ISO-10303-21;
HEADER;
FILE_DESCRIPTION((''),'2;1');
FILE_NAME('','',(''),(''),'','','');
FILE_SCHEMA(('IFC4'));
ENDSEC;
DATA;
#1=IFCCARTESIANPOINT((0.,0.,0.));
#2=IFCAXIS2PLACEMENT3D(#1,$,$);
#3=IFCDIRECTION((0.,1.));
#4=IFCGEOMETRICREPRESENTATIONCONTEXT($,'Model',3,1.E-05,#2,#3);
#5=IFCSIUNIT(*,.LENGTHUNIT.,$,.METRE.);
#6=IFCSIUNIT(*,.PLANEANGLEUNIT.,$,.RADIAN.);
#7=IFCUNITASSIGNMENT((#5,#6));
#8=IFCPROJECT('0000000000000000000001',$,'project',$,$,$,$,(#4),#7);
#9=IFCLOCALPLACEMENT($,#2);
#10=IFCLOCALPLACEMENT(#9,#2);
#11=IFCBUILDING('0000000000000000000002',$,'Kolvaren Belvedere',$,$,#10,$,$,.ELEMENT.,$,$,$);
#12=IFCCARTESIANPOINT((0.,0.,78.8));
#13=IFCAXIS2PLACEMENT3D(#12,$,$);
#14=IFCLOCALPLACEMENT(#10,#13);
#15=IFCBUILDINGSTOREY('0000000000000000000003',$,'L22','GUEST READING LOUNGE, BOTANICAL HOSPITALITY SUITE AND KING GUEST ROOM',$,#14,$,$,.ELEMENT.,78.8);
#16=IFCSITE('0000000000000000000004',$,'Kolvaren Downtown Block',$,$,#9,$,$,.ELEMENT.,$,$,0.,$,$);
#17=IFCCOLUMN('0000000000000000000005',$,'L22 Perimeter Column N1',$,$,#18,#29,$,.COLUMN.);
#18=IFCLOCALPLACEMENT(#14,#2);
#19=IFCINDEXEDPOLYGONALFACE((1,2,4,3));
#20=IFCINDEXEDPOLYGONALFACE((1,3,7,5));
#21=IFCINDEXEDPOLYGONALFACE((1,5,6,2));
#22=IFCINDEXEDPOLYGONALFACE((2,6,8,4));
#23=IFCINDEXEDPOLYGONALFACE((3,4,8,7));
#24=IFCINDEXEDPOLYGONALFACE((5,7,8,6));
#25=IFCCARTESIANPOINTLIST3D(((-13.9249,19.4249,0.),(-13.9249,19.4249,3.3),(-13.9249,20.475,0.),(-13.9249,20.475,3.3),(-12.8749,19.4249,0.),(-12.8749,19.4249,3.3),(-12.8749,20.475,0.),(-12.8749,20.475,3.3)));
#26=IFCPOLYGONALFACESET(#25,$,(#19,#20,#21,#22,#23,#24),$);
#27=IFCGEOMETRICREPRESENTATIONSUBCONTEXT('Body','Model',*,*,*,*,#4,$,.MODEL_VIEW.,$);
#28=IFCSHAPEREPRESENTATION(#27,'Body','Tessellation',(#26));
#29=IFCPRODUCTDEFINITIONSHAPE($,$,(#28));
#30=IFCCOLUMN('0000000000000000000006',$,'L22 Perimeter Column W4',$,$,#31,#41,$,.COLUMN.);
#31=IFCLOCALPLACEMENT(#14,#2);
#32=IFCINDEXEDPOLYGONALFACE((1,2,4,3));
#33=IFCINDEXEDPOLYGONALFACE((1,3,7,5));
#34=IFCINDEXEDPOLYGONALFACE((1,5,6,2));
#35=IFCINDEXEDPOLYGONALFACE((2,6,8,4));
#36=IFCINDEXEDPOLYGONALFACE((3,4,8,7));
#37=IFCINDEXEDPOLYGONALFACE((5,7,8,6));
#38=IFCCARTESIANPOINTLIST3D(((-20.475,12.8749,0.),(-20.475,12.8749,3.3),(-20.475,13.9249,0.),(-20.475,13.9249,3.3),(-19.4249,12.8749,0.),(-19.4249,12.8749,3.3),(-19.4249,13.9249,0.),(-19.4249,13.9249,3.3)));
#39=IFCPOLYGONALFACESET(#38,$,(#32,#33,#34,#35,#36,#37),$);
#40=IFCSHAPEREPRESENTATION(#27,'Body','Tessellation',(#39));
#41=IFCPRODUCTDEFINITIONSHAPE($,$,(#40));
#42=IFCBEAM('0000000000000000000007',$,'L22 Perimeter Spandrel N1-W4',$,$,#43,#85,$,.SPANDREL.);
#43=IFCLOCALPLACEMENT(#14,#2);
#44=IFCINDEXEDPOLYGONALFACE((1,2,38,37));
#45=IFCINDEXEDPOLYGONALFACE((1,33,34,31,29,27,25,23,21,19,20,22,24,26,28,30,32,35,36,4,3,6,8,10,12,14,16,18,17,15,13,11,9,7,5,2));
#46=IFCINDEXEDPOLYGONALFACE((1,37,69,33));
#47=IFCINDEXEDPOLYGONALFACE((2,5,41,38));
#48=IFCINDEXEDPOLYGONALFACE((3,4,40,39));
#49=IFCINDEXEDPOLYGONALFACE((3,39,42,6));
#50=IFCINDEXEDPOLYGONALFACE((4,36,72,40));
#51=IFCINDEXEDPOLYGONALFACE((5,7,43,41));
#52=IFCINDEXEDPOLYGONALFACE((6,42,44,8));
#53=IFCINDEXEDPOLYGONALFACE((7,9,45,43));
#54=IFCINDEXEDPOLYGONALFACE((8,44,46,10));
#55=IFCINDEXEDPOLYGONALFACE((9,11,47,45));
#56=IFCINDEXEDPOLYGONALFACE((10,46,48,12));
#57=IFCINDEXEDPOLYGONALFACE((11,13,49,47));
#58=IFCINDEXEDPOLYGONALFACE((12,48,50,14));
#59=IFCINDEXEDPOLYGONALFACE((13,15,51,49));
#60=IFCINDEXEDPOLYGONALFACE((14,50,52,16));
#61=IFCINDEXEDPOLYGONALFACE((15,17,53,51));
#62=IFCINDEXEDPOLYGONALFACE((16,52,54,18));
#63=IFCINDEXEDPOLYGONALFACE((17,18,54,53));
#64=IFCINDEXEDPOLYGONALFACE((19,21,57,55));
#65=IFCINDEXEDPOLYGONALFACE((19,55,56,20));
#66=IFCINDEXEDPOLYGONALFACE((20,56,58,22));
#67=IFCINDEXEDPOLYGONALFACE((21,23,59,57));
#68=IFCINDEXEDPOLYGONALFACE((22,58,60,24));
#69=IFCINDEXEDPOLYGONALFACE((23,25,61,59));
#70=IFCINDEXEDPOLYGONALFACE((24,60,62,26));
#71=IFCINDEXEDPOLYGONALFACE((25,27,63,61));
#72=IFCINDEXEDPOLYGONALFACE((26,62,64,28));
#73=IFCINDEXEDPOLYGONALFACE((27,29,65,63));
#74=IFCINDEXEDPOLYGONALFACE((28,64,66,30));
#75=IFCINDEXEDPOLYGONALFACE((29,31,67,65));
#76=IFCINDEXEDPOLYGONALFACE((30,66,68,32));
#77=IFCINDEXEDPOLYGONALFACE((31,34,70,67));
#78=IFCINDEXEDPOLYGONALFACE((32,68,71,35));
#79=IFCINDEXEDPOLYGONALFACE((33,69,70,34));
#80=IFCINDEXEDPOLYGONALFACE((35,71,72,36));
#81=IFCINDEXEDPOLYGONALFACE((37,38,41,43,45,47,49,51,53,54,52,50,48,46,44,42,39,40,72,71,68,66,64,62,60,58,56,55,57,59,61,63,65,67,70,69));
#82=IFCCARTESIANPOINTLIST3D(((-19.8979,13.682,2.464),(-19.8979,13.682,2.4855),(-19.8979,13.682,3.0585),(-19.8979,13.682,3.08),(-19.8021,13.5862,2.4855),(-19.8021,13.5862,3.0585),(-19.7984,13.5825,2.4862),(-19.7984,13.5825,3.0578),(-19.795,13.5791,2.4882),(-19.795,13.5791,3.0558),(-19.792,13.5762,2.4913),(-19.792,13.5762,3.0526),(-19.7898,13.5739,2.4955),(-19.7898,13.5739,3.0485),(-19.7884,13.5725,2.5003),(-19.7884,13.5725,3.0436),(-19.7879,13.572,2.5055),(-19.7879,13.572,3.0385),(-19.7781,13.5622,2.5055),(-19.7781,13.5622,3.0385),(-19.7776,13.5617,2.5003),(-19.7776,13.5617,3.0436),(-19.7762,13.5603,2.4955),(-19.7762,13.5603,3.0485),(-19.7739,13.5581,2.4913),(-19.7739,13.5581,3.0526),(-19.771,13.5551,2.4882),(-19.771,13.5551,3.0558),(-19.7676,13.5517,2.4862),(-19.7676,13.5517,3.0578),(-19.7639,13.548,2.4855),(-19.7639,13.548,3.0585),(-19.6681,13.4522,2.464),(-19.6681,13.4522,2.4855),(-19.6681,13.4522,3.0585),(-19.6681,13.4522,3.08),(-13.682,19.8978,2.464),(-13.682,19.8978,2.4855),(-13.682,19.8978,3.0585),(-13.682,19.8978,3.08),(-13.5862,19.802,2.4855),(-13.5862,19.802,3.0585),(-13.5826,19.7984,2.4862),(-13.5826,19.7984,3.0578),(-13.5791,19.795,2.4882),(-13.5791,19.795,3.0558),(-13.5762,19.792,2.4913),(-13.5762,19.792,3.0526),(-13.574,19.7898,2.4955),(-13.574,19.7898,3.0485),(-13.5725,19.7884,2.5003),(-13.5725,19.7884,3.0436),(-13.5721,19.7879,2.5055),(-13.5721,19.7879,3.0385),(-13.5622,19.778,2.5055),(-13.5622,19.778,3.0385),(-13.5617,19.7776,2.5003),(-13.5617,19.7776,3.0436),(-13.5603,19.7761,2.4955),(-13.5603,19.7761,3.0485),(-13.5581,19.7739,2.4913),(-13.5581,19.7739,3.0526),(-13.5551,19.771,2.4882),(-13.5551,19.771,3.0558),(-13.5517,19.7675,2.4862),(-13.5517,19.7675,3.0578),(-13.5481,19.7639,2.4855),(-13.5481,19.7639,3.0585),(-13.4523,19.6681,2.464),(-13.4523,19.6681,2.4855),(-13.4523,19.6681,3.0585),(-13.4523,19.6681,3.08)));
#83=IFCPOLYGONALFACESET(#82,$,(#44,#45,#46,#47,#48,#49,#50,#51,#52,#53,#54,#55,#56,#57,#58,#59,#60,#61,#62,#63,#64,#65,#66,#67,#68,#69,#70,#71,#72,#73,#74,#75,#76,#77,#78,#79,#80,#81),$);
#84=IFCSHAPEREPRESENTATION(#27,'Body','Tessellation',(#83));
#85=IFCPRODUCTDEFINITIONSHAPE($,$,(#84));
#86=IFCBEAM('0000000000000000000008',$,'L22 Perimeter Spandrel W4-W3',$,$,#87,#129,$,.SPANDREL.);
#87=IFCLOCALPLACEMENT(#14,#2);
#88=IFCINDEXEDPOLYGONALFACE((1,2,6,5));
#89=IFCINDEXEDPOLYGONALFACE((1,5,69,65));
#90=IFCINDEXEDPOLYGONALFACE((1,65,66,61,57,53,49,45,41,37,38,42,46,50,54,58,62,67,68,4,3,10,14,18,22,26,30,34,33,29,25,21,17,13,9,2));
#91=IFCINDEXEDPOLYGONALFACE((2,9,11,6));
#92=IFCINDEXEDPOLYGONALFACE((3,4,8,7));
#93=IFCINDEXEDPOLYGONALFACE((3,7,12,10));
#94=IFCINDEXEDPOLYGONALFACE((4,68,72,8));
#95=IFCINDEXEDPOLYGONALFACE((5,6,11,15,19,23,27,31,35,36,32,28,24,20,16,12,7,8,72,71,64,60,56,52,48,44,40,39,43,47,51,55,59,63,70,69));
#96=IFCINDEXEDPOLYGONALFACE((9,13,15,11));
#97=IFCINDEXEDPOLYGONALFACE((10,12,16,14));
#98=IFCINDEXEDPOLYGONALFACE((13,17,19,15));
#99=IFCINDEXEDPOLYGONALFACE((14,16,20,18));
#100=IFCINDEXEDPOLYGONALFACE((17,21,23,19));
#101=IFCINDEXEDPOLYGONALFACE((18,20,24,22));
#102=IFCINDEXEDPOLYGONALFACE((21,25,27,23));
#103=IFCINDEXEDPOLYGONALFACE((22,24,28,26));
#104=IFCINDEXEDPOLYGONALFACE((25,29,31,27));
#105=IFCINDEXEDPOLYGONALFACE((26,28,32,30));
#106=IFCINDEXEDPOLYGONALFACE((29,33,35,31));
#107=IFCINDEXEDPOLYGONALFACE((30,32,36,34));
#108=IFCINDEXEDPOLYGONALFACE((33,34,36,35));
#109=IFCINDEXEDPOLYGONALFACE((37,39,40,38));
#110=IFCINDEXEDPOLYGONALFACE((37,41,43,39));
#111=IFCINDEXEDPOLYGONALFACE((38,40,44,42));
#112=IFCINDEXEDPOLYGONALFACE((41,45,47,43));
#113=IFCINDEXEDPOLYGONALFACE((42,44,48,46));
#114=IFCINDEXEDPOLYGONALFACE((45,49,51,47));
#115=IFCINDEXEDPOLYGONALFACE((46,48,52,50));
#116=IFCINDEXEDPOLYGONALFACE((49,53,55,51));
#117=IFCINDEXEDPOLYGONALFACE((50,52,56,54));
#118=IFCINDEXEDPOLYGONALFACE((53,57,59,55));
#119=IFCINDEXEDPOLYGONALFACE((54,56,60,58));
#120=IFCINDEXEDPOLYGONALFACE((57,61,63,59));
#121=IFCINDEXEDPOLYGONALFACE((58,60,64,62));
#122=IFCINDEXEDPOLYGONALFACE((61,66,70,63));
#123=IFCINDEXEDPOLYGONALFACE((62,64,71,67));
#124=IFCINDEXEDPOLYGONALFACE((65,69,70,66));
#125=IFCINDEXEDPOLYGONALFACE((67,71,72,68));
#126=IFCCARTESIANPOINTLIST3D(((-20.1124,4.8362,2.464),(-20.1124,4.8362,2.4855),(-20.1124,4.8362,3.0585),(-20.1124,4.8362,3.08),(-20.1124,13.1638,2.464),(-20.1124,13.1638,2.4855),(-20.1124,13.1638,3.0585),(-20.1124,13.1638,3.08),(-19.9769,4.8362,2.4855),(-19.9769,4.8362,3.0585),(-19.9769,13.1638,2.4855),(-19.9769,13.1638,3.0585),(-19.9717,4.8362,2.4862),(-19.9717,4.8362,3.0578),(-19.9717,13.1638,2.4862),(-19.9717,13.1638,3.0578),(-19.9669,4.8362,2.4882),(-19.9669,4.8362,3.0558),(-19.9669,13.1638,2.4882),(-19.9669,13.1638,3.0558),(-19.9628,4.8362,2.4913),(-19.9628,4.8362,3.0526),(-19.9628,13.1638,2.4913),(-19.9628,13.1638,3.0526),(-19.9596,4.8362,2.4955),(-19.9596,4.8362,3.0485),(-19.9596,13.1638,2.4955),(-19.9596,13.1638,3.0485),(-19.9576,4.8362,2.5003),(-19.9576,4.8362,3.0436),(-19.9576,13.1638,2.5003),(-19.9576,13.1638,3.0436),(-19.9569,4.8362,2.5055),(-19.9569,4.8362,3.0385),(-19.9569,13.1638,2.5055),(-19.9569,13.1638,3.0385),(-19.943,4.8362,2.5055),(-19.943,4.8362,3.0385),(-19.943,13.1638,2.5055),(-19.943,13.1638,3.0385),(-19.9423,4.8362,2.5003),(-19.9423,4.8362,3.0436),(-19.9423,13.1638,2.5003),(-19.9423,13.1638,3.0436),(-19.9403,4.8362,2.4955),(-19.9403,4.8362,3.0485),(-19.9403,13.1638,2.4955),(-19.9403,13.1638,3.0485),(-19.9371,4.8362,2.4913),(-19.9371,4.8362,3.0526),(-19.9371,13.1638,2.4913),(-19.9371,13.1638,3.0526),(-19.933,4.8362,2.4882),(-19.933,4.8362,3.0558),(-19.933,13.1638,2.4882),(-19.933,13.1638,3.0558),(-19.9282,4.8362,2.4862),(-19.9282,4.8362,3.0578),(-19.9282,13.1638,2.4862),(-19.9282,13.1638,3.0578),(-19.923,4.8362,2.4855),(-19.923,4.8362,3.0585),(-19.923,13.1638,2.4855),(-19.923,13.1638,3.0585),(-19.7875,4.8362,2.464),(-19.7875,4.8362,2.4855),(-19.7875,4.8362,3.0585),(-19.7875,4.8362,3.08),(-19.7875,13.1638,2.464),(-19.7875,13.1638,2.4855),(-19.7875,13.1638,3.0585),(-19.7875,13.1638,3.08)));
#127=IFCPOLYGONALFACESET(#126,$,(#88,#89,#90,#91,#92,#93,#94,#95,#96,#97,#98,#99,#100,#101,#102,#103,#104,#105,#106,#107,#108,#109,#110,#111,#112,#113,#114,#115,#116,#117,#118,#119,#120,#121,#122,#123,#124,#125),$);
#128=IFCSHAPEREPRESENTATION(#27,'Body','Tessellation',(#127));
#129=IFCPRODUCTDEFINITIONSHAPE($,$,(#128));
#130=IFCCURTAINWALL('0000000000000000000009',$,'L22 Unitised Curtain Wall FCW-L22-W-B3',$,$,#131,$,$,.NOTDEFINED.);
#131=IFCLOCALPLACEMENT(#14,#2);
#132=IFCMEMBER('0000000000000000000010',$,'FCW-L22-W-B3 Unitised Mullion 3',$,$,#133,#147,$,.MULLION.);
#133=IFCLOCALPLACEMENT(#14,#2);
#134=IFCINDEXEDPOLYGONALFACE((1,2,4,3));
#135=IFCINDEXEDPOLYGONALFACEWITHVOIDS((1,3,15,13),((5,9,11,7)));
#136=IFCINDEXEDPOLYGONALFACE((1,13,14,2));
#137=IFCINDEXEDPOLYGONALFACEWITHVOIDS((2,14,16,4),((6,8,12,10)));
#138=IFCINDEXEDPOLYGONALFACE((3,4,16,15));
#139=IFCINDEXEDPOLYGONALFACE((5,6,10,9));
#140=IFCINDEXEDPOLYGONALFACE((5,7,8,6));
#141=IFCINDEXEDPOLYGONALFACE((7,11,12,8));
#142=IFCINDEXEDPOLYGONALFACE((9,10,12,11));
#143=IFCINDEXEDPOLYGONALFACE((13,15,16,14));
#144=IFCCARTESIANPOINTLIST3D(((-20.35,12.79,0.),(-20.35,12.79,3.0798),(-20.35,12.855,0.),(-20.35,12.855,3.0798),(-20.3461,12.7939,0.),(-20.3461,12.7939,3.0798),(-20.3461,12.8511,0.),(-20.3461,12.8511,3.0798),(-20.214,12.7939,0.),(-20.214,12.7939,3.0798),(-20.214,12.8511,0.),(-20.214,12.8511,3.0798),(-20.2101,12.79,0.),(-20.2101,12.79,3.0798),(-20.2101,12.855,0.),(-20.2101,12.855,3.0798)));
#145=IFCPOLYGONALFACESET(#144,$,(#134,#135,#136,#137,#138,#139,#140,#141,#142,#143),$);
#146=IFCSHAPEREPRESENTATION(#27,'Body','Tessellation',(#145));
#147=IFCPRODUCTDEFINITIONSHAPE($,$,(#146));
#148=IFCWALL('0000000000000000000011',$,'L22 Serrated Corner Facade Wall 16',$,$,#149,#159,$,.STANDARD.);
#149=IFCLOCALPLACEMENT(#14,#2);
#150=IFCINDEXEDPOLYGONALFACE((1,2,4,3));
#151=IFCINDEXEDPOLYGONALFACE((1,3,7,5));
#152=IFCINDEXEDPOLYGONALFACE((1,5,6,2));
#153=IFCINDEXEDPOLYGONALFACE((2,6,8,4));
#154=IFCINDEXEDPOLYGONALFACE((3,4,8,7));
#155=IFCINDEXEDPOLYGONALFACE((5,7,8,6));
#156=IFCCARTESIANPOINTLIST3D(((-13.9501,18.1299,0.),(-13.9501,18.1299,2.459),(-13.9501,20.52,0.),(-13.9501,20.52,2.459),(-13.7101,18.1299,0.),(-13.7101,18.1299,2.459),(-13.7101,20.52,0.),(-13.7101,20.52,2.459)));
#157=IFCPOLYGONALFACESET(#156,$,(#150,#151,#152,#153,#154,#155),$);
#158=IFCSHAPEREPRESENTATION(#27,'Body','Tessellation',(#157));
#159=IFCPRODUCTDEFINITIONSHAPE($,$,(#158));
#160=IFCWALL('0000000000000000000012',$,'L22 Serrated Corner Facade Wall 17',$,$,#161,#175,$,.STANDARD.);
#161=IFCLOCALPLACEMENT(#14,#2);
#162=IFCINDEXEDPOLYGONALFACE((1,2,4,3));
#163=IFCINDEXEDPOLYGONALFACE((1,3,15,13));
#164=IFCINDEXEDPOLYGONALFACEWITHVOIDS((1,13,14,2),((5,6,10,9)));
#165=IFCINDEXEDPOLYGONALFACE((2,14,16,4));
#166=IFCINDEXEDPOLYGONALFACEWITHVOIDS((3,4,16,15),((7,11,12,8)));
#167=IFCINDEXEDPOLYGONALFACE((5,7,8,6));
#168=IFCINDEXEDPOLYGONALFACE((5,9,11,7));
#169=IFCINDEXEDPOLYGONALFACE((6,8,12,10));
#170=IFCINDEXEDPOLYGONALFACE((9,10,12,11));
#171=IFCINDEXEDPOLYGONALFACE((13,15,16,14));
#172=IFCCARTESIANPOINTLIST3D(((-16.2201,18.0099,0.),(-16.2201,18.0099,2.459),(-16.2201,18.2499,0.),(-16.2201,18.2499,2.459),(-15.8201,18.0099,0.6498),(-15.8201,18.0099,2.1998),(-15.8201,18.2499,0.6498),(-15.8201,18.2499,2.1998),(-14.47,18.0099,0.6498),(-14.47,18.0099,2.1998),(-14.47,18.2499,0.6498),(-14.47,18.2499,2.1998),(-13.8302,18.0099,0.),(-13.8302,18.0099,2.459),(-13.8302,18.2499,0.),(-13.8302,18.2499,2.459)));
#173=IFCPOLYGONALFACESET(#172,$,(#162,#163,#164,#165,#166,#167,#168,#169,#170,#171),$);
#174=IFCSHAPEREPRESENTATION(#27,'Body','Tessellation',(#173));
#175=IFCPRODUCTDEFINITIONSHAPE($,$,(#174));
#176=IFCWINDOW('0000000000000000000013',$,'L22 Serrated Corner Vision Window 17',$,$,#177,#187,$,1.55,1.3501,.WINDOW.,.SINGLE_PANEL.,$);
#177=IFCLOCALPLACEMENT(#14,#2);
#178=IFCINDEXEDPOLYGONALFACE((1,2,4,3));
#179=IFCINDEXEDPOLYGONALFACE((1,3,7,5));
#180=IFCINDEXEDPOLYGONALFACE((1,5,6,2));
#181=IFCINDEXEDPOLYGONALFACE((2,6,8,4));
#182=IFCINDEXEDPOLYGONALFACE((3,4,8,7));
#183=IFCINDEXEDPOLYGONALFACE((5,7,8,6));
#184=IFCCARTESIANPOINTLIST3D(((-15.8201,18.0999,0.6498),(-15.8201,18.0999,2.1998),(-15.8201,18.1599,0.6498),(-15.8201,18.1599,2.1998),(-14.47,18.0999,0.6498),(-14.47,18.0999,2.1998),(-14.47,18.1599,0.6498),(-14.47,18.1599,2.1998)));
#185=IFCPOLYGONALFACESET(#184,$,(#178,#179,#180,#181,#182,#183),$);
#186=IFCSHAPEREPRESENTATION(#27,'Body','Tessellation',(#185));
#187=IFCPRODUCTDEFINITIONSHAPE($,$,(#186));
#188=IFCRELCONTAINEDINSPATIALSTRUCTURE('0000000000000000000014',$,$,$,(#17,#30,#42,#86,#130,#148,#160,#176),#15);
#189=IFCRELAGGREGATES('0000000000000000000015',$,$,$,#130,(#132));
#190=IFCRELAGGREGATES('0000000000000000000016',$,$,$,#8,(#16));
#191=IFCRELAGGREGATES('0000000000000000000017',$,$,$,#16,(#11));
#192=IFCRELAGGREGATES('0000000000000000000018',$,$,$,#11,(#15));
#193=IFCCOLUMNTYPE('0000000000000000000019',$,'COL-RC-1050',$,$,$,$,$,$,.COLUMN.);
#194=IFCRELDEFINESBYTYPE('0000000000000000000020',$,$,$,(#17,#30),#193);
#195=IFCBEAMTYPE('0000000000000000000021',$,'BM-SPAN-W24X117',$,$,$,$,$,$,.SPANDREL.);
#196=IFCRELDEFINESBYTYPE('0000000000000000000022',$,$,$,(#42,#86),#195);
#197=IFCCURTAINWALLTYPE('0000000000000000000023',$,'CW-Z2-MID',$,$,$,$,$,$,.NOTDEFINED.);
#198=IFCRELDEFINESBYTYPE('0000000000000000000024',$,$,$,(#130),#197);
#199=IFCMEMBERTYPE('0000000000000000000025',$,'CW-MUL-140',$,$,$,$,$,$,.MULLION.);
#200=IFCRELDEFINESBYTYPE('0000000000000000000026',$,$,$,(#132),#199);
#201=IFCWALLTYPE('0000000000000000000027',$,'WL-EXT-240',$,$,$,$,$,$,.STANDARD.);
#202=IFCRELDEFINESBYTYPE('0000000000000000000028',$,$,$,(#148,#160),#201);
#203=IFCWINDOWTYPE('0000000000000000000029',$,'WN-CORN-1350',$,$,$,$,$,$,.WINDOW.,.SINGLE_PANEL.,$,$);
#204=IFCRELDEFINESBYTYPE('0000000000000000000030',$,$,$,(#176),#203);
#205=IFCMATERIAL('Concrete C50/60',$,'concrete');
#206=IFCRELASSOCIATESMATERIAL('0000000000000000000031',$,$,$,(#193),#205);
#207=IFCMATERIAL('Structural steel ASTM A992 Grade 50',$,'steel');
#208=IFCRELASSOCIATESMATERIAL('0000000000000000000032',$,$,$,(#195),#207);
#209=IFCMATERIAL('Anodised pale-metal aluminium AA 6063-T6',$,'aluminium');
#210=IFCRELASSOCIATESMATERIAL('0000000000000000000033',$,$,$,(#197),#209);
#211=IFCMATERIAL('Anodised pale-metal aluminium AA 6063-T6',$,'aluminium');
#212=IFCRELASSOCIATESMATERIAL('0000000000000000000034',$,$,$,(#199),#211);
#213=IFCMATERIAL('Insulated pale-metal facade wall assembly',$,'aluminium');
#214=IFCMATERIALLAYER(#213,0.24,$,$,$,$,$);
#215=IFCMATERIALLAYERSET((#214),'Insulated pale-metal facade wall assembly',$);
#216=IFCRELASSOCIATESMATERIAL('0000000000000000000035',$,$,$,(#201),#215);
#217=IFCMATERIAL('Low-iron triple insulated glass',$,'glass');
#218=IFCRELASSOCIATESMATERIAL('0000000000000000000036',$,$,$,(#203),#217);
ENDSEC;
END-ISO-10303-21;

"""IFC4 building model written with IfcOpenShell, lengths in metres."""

from ifc_helpers import new_model, si_unit, direction, frame, frame_2d, origin, origin_2d, place, context, subcontext, project, spatial, rectangle, hollow_rectangle, i_section, extrude, material, layer, layer_set, material_profile, profile_set, type_object, element, fill, aggregate, save


model = new_model("IFC4")

# Units and contexts
model_context = context("Model", 3, precision=1e-05, world=origin(), true_north=direction((0.0, 1.0)))
body_context = subcontext(model_context, "Body", "Model", "MODEL_VIEW")
ifc_project = project(units=[si_unit("LENGTHUNIT", "METRE"), si_unit("PLANEANGLEUNIT", "RADIAN")], contexts=[model_context])

# Site, building, storey
site_placement = place(None, origin())
site = spatial("IfcSite", under=ifc_project, at=site_placement, Name="Kolvaren Downtown Block", CompositionType="ELEMENT", RefElevation=0.0)
building_placement = place(site_placement, origin())
building = spatial("IfcBuilding", under=site, at=building_placement, Name="Kolvaren Belvedere", CompositionType="ELEMENT")
storey_placement = place(building_placement, frame((0.0, 0.0, 78.8)))
storey = spatial("IfcBuildingStorey", under=building, at=storey_placement, Name="L22", Description="GUEST READING LOUNGE, BOTANICAL HOSPITALITY SUITE AND KING GUEST ROOM", CompositionType="ELEMENT", Elevation=78.8)

# Columns
ifc_material_1 = material(Name="Concrete C50/60", Category="concrete")
ifc_material_profile_1 = material_profile(ifc_material_1, rectangle(XDim=1.05, YDim=1.05, at=origin_2d()), Name="RC 1050X1050")
ifc_profile_set_1 = profile_set([ifc_material_profile_1], Name="Concrete C50/60")
column_type = type_object("IfcColumnType", Name="COL-RC-1050", PredefinedType="COLUMN", material=ifc_profile_set_1)
for number, where, z_axis, x_axis, name in (
    (1, (-13.3999, 19.95, 0.0), (0.0, 0.0, 1.0), (1.0, 0.0, 0.0), "L22 Perimeter Column N1"),
    (2, (-19.95, 13.3999, 0.0), (0.0, 0.0, 1.0), (1.0, 0.0, 0.0), "L22 Perimeter Column W4"),
):
    element("IfcColumn", number, at=place(storey_placement, frame(where, z_axis=z_axis, x_axis=x_axis)), inside=storey, type_object=column_type, Name=name, PredefinedType="COLUMN", context=body_context, shape_type="SweptSolid", body=[
        extrude(rectangle(XDim=1.05, YDim=1.05, at=origin_2d()), origin(), (0.0, 0.0, 1.0), 3.3),
    ])

# Beams
ifc_material_2 = material(Name="Structural steel ASTM A992 Grade 50", Category="steel")
ifc_material_profile_2 = material_profile(ifc_material_2, i_section(OverallWidth=0.325, OverallDepth=0.616, WebThickness=0.0139, FlangeThickness=0.0215, FilletRadius=0.02, at=origin_2d()), Name="W24X117")
ifc_profile_set_2 = profile_set([ifc_material_profile_2], Name="Structural steel ASTM A992 Grade 50")
beam_type = type_object("IfcBeamType", Name="BM-SPAN-W24X117", PredefinedType="SPANDREL", material=ifc_profile_set_2)
beam_1_placement = place(storey_placement, frame((-13.5671, 19.783, 2.772), z_axis=(-0.707107, -0.707107, 0.0), x_axis=(0.707107, -0.707107, 0.0)))
element("IfcBeam", 3, at=beam_1_placement, inside=storey, type_object=beam_type, Name="L22 Perimeter Spandrel N1-W4", PredefinedType="SPANDREL", context=body_context, shape_type="SweptSolid", body=[
    extrude(i_section(OverallWidth=0.325, OverallDepth=0.616, WebThickness=0.0139, FlangeThickness=0.0215, FilletRadius=0.02, at=origin_2d()), origin(), (0.0, 0.0, 1.0), 8.7905),
])
beam_2_placement = place(storey_placement, frame((-19.95, 13.1638, 2.772), z_axis=(0.0, -1.0, 0.0), x_axis=(1.0, 0.0, 0.0)))
element("IfcBeam", 4, at=beam_2_placement, inside=storey, type_object=beam_type, Name="L22 Perimeter Spandrel W4-W3", PredefinedType="SPANDREL", context=body_context, shape_type="SweptSolid", body=[
    extrude(i_section(OverallWidth=0.325, OverallDepth=0.616, WebThickness=0.0139, FlangeThickness=0.0215, FilletRadius=0.02, at=origin_2d()), origin(), (0.0, 0.0, 1.0), 8.3276),
])

# Curtain wall, member
ifc_material_3 = material(Name="Anodised pale-metal aluminium AA 6063-T6", Category="aluminium")
curtain_wall_type = type_object("IfcCurtainWallType", Name="CW-Z2-MID", PredefinedType="NOTDEFINED", material=ifc_material_3)
curtain_wall_placement = place(storey_placement, origin())
curtain_wall = element("IfcCurtainWall", 5, at=curtain_wall_placement, inside=storey, type_object=curtain_wall_type, Name="L22 Unitised Curtain Wall FCW-L22-W-B3", PredefinedType="NOTDEFINED")
ifc_material_4 = material(Name="Anodised pale-metal aluminium AA 6063-T6", Category="aluminium")
ifc_material_profile_3 = material_profile(ifc_material_4, hollow_rectangle(XDim=0.0649, YDim=0.1399, WallThickness=0.0039, at=origin_2d()), Name="ALU-MUL-140X65")
ifc_profile_set_3 = profile_set([ifc_material_profile_3], Name="Anodised pale-metal aluminium AA 6063-T6")
member_type = type_object("IfcMemberType", Name="CW-MUL-140", PredefinedType="MULLION", material=ifc_profile_set_3)
member_placement = place(storey_placement, frame((-20.28, 12.8225, 0.0), z_axis=(0.0, 0.0, 1.0), x_axis=(0.0, 1.0, 0.0)))
member = element("IfcMember", 6, at=member_placement, type_object=member_type, Name="FCW-L22-W-B3 Unitised Mullion 3", PredefinedType="MULLION", context=body_context, shape_type="SweptSolid", body=[
    extrude(hollow_rectangle(XDim=0.0649, YDim=0.1399, WallThickness=0.0039, at=origin_2d()), origin(), (0.0, 0.0, 1.0), 3.0798),
])
aggregate(curtain_wall, [member])

# Wall
ifc_material_5 = material(Name="Insulated pale-metal facade wall assembly", Category="aluminium")
ifc_layer_1 = layer(ifc_material_5, 0.24)
ifc_layer_set_1 = layer_set([ifc_layer_1], Name="Insulated pale-metal facade wall assembly")
wall_type_1 = type_object("IfcWallType", Name="WL-EXT-240", PredefinedType="STANDARD", material=ifc_layer_set_1)
wall_1_placement = place(storey_placement, frame((-13.8301, 18.1299, 0.0), z_axis=(0.0, 0.0, 1.0), x_axis=(0.0, 1.0, 0.0)))
element("IfcWall", 7, at=wall_1_placement, inside=storey, type_object=wall_type_1, Name="L22 Serrated Corner Facade Wall 16", PredefinedType="STANDARD", context=body_context, shape_type="SweptSolid", body=[
    extrude(rectangle(XDim=2.3901, YDim=0.24, at=frame_2d((1.1951, 0.0))), origin(), (0.0, 0.0, 1.0), 2.459),
])

# Wall, opening, window
wall_2_placement = place(storey_placement, frame((-16.22, 18.1299, 0.0), z_axis=(0.0, 0.0, 1.0), x_axis=(1.0, 0.0, 0.0)))
wall_2 = element("IfcWall", 8, at=wall_2_placement, inside=storey, type_object=wall_type_1, Name="L22 Serrated Corner Facade Wall 17", PredefinedType="STANDARD", context=body_context, shape_type="SweptSolid", body=[
    extrude(rectangle(XDim=2.3899, YDim=0.24, at=frame_2d((1.1948, 0.0))), origin(), (0.0, 0.0, 1.0), 2.459),
])
opening_1_placement = place(wall_2_placement, frame((0.3999, 0.0, 0.6499)))
opening_1 = element("IfcOpeningElement", 9, at=opening_1_placement, cuts=wall_2, PredefinedType="OPENING", context=body_context, shape_type="SweptSolid", body=[
    extrude(rectangle(XDim=1.3501, YDim=1.55, at=frame_2d((0.675, 0.7749))), frame((0.0, 0.1299, 0.0), z_axis=(0.0, -1.0, 0.0), x_axis=(1.0, 0.0, 0.0)), (0.0, 0.0, 1.0), 0.26),
])
ifc_material_6 = material(Name="Low-iron triple insulated glass", Category="glass")
window_type_1 = type_object("IfcWindowType", Name="WN-CORN-1350", PartitioningType="SINGLE_PANEL", PredefinedType="WINDOW", material=ifc_material_6)
window_1_placement = place(opening_1_placement, origin())
window_1 = element("IfcWindow", 10, at=window_1_placement, inside=storey, type_object=window_type_1, Name="L22 Serrated Corner Vision Window 17", OverallHeight=1.55, OverallWidth=1.3501, PartitioningType="SINGLE_PANEL", PredefinedType="WINDOW", context=body_context, shape_type="SweptSolid", body=[
    extrude(rectangle(XDim=1.3501, YDim=1.55, at=frame_2d((0.675, 0.7749))), frame((0.0, 0.03, 0.0), z_axis=(0.0, -1.0, 0.0), x_axis=(1.0, 0.0, 0.0)), (0.0, 0.0, 1.0), 0.0601),
])
fill(opening_1, window_1)

save(model, "model.ifc")
